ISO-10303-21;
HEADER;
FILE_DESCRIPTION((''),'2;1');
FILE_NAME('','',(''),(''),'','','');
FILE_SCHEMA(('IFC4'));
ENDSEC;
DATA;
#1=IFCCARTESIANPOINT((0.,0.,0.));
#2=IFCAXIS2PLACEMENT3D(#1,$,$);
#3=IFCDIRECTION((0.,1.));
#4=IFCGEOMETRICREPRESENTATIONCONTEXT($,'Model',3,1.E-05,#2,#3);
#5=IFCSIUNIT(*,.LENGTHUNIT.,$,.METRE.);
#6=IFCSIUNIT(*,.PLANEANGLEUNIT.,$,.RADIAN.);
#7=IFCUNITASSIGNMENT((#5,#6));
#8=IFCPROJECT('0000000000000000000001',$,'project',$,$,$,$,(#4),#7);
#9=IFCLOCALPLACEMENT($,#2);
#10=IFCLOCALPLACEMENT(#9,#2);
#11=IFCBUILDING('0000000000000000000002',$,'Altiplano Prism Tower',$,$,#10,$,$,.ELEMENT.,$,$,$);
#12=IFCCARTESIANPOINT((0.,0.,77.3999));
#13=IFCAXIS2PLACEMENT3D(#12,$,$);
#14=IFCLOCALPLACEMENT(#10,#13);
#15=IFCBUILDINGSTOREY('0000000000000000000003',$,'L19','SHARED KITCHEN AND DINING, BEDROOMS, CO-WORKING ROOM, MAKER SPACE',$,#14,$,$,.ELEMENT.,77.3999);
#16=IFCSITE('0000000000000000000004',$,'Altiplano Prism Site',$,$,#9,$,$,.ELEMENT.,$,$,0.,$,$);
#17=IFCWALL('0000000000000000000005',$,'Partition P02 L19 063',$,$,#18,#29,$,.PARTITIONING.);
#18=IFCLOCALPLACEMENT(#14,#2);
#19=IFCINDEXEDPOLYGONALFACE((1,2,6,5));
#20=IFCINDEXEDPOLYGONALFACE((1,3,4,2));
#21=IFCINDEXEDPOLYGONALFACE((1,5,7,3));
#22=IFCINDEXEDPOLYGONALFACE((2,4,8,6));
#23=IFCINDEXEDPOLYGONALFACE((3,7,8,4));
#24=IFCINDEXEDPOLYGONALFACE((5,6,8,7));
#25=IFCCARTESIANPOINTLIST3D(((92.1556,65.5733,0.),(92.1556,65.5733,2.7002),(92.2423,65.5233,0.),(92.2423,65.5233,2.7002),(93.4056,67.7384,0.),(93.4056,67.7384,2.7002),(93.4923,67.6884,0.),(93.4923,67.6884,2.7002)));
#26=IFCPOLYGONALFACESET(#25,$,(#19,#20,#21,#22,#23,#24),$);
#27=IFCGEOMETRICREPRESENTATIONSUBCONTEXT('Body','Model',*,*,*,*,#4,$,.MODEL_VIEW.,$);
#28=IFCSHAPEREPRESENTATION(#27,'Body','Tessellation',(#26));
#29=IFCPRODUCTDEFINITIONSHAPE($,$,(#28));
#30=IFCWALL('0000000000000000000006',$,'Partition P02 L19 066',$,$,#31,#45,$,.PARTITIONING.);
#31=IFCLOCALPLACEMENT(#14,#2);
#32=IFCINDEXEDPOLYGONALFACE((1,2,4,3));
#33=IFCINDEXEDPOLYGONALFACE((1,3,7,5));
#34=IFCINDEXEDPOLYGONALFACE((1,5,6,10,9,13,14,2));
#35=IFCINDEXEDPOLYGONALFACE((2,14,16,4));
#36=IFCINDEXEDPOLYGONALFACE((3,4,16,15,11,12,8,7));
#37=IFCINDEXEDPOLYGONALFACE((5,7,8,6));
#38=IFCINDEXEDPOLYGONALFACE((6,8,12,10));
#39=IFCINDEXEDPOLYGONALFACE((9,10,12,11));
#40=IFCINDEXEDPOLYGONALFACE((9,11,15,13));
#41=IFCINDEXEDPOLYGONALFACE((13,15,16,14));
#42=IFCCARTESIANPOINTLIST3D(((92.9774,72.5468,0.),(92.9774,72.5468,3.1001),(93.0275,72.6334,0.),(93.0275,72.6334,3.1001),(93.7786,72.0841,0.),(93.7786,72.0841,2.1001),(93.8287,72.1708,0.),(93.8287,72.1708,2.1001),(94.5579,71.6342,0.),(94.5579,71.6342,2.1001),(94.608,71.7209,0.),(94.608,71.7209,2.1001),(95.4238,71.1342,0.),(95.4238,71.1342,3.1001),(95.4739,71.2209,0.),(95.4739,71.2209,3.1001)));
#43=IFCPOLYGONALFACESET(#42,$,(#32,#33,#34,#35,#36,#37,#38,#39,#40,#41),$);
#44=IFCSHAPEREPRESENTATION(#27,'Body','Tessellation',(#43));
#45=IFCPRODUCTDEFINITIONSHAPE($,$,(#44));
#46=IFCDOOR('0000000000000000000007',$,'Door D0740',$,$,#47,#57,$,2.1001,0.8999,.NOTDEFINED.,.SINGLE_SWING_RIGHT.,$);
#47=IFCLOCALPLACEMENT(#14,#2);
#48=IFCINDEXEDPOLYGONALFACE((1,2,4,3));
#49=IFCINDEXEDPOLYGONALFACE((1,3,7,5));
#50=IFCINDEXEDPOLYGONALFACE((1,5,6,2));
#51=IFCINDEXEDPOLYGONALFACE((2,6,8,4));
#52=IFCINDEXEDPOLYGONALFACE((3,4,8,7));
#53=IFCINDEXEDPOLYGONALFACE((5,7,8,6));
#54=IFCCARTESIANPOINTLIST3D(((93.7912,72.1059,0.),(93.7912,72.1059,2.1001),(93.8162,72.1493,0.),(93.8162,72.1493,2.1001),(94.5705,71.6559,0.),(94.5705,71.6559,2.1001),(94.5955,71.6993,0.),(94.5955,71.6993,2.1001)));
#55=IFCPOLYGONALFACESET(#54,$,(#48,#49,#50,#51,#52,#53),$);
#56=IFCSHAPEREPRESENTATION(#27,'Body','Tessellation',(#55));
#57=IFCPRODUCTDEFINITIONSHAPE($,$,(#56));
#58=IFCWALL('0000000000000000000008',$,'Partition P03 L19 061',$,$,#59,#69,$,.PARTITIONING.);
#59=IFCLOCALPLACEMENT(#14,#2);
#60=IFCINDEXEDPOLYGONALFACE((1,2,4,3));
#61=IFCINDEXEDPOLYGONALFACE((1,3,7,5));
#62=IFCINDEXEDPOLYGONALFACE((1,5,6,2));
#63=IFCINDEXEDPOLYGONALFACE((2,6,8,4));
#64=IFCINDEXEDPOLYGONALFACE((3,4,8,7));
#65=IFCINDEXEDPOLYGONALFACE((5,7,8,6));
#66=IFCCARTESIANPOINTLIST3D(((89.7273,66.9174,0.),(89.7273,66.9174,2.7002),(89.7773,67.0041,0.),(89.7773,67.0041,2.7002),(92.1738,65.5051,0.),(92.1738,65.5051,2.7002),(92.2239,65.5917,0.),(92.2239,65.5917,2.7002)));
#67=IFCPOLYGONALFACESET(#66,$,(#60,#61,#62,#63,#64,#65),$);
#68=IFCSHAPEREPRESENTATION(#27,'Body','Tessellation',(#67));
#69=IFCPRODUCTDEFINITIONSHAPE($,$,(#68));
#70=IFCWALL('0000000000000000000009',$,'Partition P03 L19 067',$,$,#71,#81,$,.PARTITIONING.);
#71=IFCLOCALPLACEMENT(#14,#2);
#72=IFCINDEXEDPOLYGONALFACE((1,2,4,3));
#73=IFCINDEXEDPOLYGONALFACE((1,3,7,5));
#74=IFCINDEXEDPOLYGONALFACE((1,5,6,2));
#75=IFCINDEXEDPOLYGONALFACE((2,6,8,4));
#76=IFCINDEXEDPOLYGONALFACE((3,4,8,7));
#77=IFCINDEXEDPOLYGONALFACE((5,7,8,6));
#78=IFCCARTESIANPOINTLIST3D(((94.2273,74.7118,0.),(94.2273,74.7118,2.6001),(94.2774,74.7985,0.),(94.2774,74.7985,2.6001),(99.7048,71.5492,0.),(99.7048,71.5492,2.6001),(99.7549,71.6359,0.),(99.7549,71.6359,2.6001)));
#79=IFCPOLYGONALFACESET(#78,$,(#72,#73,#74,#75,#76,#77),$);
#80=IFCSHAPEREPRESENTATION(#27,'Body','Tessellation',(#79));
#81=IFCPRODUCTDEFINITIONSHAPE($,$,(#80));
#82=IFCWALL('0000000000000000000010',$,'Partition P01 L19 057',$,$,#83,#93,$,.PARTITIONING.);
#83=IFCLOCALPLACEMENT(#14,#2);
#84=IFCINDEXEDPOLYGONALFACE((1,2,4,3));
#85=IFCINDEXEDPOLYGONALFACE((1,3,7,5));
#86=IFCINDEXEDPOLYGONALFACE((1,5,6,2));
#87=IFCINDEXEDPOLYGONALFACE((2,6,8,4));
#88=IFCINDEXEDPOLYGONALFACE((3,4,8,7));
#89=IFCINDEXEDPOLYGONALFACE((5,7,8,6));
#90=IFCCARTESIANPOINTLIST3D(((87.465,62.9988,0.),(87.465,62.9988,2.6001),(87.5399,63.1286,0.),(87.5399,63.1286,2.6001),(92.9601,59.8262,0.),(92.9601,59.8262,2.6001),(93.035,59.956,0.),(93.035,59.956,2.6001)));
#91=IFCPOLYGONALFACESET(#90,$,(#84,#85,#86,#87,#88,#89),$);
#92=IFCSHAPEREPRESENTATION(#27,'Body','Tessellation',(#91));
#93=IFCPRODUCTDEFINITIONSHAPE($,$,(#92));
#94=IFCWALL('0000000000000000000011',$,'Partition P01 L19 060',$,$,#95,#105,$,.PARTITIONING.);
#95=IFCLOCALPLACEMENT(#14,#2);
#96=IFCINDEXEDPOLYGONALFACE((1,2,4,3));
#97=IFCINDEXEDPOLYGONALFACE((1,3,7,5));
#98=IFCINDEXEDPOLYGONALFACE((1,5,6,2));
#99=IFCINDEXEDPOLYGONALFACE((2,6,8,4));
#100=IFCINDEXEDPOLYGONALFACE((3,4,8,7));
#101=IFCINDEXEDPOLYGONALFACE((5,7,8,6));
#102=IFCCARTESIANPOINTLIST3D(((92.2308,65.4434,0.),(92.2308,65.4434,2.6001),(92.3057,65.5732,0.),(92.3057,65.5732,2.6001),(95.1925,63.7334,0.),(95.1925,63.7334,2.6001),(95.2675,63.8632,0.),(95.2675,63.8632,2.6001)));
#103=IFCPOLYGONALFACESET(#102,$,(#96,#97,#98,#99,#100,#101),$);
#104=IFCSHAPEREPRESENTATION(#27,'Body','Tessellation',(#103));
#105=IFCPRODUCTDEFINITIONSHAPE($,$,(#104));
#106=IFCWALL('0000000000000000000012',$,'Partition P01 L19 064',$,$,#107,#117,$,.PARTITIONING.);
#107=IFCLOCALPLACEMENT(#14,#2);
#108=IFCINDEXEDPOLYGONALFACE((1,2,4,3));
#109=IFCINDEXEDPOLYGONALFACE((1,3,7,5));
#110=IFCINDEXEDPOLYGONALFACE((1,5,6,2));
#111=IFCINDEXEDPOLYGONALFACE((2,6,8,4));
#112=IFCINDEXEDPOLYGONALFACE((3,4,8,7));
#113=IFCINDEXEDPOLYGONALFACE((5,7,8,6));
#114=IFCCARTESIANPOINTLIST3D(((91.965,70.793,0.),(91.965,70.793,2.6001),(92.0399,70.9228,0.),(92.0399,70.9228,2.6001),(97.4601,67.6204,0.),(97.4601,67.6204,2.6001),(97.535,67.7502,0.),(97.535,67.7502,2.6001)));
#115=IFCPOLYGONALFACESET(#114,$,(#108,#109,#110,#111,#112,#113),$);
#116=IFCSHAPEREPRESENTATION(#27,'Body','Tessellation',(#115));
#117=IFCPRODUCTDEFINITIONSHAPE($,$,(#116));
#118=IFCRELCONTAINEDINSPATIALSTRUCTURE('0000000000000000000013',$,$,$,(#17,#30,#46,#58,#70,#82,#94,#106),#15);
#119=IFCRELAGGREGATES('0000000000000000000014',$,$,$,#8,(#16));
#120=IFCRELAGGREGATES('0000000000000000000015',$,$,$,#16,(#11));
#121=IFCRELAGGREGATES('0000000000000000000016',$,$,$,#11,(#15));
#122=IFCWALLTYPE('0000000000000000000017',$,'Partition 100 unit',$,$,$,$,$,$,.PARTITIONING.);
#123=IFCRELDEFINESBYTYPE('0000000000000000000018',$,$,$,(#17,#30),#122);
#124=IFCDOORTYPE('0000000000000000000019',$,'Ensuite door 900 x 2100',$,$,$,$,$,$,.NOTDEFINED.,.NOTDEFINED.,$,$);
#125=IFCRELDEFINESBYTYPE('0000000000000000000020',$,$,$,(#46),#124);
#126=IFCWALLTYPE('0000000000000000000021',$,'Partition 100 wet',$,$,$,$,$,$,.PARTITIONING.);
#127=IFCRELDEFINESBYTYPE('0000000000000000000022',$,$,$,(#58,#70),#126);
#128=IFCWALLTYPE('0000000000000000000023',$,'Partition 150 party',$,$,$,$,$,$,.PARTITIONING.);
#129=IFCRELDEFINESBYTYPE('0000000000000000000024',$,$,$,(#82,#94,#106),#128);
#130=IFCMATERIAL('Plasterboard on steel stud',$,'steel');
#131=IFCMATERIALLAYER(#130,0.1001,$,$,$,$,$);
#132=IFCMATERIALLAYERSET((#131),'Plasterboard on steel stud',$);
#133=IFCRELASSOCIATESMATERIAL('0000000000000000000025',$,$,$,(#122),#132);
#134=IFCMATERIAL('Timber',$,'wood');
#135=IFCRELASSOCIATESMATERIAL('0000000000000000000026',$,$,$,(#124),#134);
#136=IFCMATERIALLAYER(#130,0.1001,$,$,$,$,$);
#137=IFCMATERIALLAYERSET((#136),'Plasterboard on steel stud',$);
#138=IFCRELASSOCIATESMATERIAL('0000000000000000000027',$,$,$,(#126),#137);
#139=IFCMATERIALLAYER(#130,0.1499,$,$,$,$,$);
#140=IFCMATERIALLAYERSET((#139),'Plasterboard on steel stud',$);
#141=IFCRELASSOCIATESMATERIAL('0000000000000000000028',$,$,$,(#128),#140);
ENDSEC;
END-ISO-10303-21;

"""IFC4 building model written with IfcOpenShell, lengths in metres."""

from ifc_helpers import new_model, si_unit, direction, frame, frame_2d, origin, place, context, subcontext, project, spatial, rectangle, extrude, material, layer, layer_set, type_object, element, fill, save


model = new_model("IFC4")

# Units and contexts
model_context = context("Model", 3, precision=1e-05, world=origin(), true_north=direction((0.0, 1.0)))
body_context = subcontext(model_context, "Body", "Model", "MODEL_VIEW")
ifc_project = project(units=[si_unit("LENGTHUNIT", "METRE"), si_unit("PLANEANGLEUNIT", "RADIAN")], contexts=[model_context])

# Site, building, storey
site_placement = place(None, origin())
site = spatial("IfcSite", under=ifc_project, at=site_placement, Name="Altiplano Prism Site", CompositionType="ELEMENT", RefElevation=0.0)
building_placement = place(site_placement, origin())
building = spatial("IfcBuilding", under=site, at=building_placement, Name="Altiplano Prism Tower", CompositionType="ELEMENT")
storey_placement = place(building_placement, frame((0.0, 0.0, 77.3999)))
storey = spatial("IfcBuildingStorey", under=building, at=storey_placement, Name="L19", Description="SHARED KITCHEN AND DINING, BEDROOMS, CO-WORKING ROOM, MAKER SPACE", CompositionType="ELEMENT", Elevation=77.3999)

# Shared definitions
ifc_material_1 = material(Name="Plasterboard on steel stud", Category="steel")
ifc_layer_1 = layer(ifc_material_1, 0.1001)
ifc_layer_set_1 = layer_set([ifc_layer_1], Name="Plasterboard on steel stud")
wall_type_1 = type_object("IfcWallType", Name="Partition 100 unit", PredefinedType="PARTITIONING", material=ifc_layer_set_1)

# Shared definitions
ifc_material_2 = material(Name="Timber", Category="wood")
door_type = type_object("IfcDoorType", Name="Ensuite door 900 x 2100", OperationType="NOTDEFINED", PredefinedType="NOTDEFINED", material=ifc_material_2)

# Wall
wall_1_placement = place(storey_placement, frame((93.449, 67.7134, 0.0), z_axis=(0.0, 0.0, 1.0), x_axis=(-0.500004, -0.866023, 0.0)))
element("IfcWall", 1, at=wall_1_placement, inside=storey, type_object=wall_type_1, Name="Partition P02 L19 063", PredefinedType="PARTITIONING", context=body_context, shape_type="SweptSolid", body=[
    extrude(rectangle(XDim=2.5, YDim=0.1001, at=frame_2d((1.25, 0.0))), origin(), (0.0, 0.0, 1.0), 2.7002),
])

# Wall, opening, door
wall_2_placement = place(storey_placement, frame((95.449, 71.1775, 0.0), z_axis=(0.0, 0.0, 1.0), x_axis=(-0.866011, 0.500024, 0.0)))
wall_2 = element("IfcWall", 2, at=wall_2_placement, inside=storey, type_object=wall_type_1, Name="Partition P02 L19 066", PredefinedType="PARTITIONING", context=body_context, shape_type="SweptSolid", body=[
    extrude(rectangle(XDim=2.825, YDim=0.1001, at=frame_2d((1.4126, 0.0))), origin(), (0.0, 0.0, 1.0), 3.1001),
])
opening_1_placement = place(wall_2_placement, frame((1.0, 0.0, 0.0)))
opening_1 = element("IfcOpeningElement", 3, at=opening_1_placement, cuts=wall_2, PredefinedType="OPENING", context=body_context, shape_type="SweptSolid", body=[
    extrude(rectangle(XDim=0.8999, YDim=2.1001, at=frame_2d((0.45, 1.05))), frame((0.0, 0.0605, 0.0), z_axis=(0.0, -1.0, 0.0), x_axis=(1.0, 0.0, 0.0)), (0.0, 0.0, 1.0), 0.1211),
])
door_1_placement = place(opening_1_placement, origin())
door_1 = element("IfcDoor", 4, at=door_1_placement, inside=storey, type_object=door_type, Name="Door D0740", OperationType="SINGLE_SWING_RIGHT", OverallHeight=2.1001, OverallWidth=0.8999, PredefinedType="NOTDEFINED", context=body_context, shape_type="SweptSolid", body=[
    extrude(rectangle(XDim=0.8999, YDim=2.1001, at=frame_2d((0.45, 1.05))), frame((0.0, 0.0249, 0.0), z_axis=(0.0, -1.0, 0.0), x_axis=(1.0, 0.0, 0.0)), (0.0, 0.0, 1.0), 0.05),
])
fill(opening_1, door_1)

# Walls
ifc_layer_2 = layer(ifc_material_1, 0.1001)
ifc_layer_set_2 = layer_set([ifc_layer_2], Name="Plasterboard on steel stud")
wall_type_2 = type_object("IfcWallType", Name="Partition 100 wet", PredefinedType="PARTITIONING", material=ifc_layer_set_2)
wall_3_placement = place(storey_placement, frame((92.199, 65.5483, 0.0), z_axis=(0.0, 0.0, 1.0), x_axis=(-0.866049, 0.499959, 0.0)))
element("IfcWall", 5, at=wall_3_placement, inside=storey, type_object=wall_type_2, Name="Partition P03 L19 061", PredefinedType="PARTITIONING", context=body_context, shape_type="SweptSolid", body=[
    extrude(rectangle(XDim=2.825, YDim=0.1001, at=frame_2d((1.4126, 0.0))), origin(), (0.0, 0.0, 1.0), 2.7002),
])
wall_4_placement = place(storey_placement, frame((99.73, 71.5925, 0.0), z_axis=(0.0, 0.0, 1.0), x_axis=(-0.866016, 0.500016, 0.0)))
element("IfcWall", 6, at=wall_4_placement, inside=storey, type_object=wall_type_2, Name="Partition P03 L19 067", PredefinedType="PARTITIONING", context=body_context, shape_type="SweptSolid", body=[
    extrude(rectangle(XDim=6.325, YDim=0.1001, at=frame_2d((3.1626, 0.0))), origin(), (0.0, 0.0, 1.0), 2.6001),
])
ifc_layer_3 = layer(ifc_material_1, 0.1499)
ifc_layer_set_3 = layer_set([ifc_layer_3], Name="Plasterboard on steel stud")
wall_type_3 = type_object("IfcWallType", Name="Partition 150 party", PredefinedType="PARTITIONING", material=ifc_layer_set_3)
wall_5_placement = place(storey_placement, frame((92.9976, 59.8911, 0.0), z_axis=(0.0, 0.0, 1.0), x_axis=(-0.866025, 0.5, 0.0)))
element("IfcWall", 7, at=wall_5_placement, inside=storey, type_object=wall_type_3, Name="Partition P01 L19 057", PredefinedType="PARTITIONING", context=body_context, shape_type="SweptSolid", body=[
    extrude(rectangle(XDim=6.3452, YDim=0.1499, at=frame_2d((3.1726, 0.0))), origin(), (0.0, 0.0, 1.0), 2.6001),
])
wall_6_placement = place(storey_placement, frame((95.23, 63.7983, 0.0), z_axis=(0.0, 0.0, 1.0), x_axis=(-0.86602, 0.500009, 0.0)))
element("IfcWall", 8, at=wall_6_placement, inside=storey, type_object=wall_type_3, Name="Partition P01 L19 060", PredefinedType="PARTITIONING", context=body_context, shape_type="SweptSolid", body=[
    extrude(rectangle(XDim=3.4199, YDim=0.1499, at=frame_2d((1.71, 0.0))), origin(), (0.0, 0.0, 1.0), 2.6001),
])
wall_7_placement = place(storey_placement, frame((97.4976, 67.6853, 0.0), z_axis=(0.0, 0.0, 1.0), x_axis=(-0.866025, 0.5, 0.0)))
element("IfcWall", 9, at=wall_7_placement, inside=storey, type_object=wall_type_3, Name="Partition P01 L19 064", PredefinedType="PARTITIONING", context=body_context, shape_type="SweptSolid", body=[
    extrude(rectangle(XDim=6.3452, YDim=0.1499, at=frame_2d((3.1726, 0.0))), origin(), (0.0, 0.0, 1.0), 2.6001),
])

save(model, "model.ifc")
